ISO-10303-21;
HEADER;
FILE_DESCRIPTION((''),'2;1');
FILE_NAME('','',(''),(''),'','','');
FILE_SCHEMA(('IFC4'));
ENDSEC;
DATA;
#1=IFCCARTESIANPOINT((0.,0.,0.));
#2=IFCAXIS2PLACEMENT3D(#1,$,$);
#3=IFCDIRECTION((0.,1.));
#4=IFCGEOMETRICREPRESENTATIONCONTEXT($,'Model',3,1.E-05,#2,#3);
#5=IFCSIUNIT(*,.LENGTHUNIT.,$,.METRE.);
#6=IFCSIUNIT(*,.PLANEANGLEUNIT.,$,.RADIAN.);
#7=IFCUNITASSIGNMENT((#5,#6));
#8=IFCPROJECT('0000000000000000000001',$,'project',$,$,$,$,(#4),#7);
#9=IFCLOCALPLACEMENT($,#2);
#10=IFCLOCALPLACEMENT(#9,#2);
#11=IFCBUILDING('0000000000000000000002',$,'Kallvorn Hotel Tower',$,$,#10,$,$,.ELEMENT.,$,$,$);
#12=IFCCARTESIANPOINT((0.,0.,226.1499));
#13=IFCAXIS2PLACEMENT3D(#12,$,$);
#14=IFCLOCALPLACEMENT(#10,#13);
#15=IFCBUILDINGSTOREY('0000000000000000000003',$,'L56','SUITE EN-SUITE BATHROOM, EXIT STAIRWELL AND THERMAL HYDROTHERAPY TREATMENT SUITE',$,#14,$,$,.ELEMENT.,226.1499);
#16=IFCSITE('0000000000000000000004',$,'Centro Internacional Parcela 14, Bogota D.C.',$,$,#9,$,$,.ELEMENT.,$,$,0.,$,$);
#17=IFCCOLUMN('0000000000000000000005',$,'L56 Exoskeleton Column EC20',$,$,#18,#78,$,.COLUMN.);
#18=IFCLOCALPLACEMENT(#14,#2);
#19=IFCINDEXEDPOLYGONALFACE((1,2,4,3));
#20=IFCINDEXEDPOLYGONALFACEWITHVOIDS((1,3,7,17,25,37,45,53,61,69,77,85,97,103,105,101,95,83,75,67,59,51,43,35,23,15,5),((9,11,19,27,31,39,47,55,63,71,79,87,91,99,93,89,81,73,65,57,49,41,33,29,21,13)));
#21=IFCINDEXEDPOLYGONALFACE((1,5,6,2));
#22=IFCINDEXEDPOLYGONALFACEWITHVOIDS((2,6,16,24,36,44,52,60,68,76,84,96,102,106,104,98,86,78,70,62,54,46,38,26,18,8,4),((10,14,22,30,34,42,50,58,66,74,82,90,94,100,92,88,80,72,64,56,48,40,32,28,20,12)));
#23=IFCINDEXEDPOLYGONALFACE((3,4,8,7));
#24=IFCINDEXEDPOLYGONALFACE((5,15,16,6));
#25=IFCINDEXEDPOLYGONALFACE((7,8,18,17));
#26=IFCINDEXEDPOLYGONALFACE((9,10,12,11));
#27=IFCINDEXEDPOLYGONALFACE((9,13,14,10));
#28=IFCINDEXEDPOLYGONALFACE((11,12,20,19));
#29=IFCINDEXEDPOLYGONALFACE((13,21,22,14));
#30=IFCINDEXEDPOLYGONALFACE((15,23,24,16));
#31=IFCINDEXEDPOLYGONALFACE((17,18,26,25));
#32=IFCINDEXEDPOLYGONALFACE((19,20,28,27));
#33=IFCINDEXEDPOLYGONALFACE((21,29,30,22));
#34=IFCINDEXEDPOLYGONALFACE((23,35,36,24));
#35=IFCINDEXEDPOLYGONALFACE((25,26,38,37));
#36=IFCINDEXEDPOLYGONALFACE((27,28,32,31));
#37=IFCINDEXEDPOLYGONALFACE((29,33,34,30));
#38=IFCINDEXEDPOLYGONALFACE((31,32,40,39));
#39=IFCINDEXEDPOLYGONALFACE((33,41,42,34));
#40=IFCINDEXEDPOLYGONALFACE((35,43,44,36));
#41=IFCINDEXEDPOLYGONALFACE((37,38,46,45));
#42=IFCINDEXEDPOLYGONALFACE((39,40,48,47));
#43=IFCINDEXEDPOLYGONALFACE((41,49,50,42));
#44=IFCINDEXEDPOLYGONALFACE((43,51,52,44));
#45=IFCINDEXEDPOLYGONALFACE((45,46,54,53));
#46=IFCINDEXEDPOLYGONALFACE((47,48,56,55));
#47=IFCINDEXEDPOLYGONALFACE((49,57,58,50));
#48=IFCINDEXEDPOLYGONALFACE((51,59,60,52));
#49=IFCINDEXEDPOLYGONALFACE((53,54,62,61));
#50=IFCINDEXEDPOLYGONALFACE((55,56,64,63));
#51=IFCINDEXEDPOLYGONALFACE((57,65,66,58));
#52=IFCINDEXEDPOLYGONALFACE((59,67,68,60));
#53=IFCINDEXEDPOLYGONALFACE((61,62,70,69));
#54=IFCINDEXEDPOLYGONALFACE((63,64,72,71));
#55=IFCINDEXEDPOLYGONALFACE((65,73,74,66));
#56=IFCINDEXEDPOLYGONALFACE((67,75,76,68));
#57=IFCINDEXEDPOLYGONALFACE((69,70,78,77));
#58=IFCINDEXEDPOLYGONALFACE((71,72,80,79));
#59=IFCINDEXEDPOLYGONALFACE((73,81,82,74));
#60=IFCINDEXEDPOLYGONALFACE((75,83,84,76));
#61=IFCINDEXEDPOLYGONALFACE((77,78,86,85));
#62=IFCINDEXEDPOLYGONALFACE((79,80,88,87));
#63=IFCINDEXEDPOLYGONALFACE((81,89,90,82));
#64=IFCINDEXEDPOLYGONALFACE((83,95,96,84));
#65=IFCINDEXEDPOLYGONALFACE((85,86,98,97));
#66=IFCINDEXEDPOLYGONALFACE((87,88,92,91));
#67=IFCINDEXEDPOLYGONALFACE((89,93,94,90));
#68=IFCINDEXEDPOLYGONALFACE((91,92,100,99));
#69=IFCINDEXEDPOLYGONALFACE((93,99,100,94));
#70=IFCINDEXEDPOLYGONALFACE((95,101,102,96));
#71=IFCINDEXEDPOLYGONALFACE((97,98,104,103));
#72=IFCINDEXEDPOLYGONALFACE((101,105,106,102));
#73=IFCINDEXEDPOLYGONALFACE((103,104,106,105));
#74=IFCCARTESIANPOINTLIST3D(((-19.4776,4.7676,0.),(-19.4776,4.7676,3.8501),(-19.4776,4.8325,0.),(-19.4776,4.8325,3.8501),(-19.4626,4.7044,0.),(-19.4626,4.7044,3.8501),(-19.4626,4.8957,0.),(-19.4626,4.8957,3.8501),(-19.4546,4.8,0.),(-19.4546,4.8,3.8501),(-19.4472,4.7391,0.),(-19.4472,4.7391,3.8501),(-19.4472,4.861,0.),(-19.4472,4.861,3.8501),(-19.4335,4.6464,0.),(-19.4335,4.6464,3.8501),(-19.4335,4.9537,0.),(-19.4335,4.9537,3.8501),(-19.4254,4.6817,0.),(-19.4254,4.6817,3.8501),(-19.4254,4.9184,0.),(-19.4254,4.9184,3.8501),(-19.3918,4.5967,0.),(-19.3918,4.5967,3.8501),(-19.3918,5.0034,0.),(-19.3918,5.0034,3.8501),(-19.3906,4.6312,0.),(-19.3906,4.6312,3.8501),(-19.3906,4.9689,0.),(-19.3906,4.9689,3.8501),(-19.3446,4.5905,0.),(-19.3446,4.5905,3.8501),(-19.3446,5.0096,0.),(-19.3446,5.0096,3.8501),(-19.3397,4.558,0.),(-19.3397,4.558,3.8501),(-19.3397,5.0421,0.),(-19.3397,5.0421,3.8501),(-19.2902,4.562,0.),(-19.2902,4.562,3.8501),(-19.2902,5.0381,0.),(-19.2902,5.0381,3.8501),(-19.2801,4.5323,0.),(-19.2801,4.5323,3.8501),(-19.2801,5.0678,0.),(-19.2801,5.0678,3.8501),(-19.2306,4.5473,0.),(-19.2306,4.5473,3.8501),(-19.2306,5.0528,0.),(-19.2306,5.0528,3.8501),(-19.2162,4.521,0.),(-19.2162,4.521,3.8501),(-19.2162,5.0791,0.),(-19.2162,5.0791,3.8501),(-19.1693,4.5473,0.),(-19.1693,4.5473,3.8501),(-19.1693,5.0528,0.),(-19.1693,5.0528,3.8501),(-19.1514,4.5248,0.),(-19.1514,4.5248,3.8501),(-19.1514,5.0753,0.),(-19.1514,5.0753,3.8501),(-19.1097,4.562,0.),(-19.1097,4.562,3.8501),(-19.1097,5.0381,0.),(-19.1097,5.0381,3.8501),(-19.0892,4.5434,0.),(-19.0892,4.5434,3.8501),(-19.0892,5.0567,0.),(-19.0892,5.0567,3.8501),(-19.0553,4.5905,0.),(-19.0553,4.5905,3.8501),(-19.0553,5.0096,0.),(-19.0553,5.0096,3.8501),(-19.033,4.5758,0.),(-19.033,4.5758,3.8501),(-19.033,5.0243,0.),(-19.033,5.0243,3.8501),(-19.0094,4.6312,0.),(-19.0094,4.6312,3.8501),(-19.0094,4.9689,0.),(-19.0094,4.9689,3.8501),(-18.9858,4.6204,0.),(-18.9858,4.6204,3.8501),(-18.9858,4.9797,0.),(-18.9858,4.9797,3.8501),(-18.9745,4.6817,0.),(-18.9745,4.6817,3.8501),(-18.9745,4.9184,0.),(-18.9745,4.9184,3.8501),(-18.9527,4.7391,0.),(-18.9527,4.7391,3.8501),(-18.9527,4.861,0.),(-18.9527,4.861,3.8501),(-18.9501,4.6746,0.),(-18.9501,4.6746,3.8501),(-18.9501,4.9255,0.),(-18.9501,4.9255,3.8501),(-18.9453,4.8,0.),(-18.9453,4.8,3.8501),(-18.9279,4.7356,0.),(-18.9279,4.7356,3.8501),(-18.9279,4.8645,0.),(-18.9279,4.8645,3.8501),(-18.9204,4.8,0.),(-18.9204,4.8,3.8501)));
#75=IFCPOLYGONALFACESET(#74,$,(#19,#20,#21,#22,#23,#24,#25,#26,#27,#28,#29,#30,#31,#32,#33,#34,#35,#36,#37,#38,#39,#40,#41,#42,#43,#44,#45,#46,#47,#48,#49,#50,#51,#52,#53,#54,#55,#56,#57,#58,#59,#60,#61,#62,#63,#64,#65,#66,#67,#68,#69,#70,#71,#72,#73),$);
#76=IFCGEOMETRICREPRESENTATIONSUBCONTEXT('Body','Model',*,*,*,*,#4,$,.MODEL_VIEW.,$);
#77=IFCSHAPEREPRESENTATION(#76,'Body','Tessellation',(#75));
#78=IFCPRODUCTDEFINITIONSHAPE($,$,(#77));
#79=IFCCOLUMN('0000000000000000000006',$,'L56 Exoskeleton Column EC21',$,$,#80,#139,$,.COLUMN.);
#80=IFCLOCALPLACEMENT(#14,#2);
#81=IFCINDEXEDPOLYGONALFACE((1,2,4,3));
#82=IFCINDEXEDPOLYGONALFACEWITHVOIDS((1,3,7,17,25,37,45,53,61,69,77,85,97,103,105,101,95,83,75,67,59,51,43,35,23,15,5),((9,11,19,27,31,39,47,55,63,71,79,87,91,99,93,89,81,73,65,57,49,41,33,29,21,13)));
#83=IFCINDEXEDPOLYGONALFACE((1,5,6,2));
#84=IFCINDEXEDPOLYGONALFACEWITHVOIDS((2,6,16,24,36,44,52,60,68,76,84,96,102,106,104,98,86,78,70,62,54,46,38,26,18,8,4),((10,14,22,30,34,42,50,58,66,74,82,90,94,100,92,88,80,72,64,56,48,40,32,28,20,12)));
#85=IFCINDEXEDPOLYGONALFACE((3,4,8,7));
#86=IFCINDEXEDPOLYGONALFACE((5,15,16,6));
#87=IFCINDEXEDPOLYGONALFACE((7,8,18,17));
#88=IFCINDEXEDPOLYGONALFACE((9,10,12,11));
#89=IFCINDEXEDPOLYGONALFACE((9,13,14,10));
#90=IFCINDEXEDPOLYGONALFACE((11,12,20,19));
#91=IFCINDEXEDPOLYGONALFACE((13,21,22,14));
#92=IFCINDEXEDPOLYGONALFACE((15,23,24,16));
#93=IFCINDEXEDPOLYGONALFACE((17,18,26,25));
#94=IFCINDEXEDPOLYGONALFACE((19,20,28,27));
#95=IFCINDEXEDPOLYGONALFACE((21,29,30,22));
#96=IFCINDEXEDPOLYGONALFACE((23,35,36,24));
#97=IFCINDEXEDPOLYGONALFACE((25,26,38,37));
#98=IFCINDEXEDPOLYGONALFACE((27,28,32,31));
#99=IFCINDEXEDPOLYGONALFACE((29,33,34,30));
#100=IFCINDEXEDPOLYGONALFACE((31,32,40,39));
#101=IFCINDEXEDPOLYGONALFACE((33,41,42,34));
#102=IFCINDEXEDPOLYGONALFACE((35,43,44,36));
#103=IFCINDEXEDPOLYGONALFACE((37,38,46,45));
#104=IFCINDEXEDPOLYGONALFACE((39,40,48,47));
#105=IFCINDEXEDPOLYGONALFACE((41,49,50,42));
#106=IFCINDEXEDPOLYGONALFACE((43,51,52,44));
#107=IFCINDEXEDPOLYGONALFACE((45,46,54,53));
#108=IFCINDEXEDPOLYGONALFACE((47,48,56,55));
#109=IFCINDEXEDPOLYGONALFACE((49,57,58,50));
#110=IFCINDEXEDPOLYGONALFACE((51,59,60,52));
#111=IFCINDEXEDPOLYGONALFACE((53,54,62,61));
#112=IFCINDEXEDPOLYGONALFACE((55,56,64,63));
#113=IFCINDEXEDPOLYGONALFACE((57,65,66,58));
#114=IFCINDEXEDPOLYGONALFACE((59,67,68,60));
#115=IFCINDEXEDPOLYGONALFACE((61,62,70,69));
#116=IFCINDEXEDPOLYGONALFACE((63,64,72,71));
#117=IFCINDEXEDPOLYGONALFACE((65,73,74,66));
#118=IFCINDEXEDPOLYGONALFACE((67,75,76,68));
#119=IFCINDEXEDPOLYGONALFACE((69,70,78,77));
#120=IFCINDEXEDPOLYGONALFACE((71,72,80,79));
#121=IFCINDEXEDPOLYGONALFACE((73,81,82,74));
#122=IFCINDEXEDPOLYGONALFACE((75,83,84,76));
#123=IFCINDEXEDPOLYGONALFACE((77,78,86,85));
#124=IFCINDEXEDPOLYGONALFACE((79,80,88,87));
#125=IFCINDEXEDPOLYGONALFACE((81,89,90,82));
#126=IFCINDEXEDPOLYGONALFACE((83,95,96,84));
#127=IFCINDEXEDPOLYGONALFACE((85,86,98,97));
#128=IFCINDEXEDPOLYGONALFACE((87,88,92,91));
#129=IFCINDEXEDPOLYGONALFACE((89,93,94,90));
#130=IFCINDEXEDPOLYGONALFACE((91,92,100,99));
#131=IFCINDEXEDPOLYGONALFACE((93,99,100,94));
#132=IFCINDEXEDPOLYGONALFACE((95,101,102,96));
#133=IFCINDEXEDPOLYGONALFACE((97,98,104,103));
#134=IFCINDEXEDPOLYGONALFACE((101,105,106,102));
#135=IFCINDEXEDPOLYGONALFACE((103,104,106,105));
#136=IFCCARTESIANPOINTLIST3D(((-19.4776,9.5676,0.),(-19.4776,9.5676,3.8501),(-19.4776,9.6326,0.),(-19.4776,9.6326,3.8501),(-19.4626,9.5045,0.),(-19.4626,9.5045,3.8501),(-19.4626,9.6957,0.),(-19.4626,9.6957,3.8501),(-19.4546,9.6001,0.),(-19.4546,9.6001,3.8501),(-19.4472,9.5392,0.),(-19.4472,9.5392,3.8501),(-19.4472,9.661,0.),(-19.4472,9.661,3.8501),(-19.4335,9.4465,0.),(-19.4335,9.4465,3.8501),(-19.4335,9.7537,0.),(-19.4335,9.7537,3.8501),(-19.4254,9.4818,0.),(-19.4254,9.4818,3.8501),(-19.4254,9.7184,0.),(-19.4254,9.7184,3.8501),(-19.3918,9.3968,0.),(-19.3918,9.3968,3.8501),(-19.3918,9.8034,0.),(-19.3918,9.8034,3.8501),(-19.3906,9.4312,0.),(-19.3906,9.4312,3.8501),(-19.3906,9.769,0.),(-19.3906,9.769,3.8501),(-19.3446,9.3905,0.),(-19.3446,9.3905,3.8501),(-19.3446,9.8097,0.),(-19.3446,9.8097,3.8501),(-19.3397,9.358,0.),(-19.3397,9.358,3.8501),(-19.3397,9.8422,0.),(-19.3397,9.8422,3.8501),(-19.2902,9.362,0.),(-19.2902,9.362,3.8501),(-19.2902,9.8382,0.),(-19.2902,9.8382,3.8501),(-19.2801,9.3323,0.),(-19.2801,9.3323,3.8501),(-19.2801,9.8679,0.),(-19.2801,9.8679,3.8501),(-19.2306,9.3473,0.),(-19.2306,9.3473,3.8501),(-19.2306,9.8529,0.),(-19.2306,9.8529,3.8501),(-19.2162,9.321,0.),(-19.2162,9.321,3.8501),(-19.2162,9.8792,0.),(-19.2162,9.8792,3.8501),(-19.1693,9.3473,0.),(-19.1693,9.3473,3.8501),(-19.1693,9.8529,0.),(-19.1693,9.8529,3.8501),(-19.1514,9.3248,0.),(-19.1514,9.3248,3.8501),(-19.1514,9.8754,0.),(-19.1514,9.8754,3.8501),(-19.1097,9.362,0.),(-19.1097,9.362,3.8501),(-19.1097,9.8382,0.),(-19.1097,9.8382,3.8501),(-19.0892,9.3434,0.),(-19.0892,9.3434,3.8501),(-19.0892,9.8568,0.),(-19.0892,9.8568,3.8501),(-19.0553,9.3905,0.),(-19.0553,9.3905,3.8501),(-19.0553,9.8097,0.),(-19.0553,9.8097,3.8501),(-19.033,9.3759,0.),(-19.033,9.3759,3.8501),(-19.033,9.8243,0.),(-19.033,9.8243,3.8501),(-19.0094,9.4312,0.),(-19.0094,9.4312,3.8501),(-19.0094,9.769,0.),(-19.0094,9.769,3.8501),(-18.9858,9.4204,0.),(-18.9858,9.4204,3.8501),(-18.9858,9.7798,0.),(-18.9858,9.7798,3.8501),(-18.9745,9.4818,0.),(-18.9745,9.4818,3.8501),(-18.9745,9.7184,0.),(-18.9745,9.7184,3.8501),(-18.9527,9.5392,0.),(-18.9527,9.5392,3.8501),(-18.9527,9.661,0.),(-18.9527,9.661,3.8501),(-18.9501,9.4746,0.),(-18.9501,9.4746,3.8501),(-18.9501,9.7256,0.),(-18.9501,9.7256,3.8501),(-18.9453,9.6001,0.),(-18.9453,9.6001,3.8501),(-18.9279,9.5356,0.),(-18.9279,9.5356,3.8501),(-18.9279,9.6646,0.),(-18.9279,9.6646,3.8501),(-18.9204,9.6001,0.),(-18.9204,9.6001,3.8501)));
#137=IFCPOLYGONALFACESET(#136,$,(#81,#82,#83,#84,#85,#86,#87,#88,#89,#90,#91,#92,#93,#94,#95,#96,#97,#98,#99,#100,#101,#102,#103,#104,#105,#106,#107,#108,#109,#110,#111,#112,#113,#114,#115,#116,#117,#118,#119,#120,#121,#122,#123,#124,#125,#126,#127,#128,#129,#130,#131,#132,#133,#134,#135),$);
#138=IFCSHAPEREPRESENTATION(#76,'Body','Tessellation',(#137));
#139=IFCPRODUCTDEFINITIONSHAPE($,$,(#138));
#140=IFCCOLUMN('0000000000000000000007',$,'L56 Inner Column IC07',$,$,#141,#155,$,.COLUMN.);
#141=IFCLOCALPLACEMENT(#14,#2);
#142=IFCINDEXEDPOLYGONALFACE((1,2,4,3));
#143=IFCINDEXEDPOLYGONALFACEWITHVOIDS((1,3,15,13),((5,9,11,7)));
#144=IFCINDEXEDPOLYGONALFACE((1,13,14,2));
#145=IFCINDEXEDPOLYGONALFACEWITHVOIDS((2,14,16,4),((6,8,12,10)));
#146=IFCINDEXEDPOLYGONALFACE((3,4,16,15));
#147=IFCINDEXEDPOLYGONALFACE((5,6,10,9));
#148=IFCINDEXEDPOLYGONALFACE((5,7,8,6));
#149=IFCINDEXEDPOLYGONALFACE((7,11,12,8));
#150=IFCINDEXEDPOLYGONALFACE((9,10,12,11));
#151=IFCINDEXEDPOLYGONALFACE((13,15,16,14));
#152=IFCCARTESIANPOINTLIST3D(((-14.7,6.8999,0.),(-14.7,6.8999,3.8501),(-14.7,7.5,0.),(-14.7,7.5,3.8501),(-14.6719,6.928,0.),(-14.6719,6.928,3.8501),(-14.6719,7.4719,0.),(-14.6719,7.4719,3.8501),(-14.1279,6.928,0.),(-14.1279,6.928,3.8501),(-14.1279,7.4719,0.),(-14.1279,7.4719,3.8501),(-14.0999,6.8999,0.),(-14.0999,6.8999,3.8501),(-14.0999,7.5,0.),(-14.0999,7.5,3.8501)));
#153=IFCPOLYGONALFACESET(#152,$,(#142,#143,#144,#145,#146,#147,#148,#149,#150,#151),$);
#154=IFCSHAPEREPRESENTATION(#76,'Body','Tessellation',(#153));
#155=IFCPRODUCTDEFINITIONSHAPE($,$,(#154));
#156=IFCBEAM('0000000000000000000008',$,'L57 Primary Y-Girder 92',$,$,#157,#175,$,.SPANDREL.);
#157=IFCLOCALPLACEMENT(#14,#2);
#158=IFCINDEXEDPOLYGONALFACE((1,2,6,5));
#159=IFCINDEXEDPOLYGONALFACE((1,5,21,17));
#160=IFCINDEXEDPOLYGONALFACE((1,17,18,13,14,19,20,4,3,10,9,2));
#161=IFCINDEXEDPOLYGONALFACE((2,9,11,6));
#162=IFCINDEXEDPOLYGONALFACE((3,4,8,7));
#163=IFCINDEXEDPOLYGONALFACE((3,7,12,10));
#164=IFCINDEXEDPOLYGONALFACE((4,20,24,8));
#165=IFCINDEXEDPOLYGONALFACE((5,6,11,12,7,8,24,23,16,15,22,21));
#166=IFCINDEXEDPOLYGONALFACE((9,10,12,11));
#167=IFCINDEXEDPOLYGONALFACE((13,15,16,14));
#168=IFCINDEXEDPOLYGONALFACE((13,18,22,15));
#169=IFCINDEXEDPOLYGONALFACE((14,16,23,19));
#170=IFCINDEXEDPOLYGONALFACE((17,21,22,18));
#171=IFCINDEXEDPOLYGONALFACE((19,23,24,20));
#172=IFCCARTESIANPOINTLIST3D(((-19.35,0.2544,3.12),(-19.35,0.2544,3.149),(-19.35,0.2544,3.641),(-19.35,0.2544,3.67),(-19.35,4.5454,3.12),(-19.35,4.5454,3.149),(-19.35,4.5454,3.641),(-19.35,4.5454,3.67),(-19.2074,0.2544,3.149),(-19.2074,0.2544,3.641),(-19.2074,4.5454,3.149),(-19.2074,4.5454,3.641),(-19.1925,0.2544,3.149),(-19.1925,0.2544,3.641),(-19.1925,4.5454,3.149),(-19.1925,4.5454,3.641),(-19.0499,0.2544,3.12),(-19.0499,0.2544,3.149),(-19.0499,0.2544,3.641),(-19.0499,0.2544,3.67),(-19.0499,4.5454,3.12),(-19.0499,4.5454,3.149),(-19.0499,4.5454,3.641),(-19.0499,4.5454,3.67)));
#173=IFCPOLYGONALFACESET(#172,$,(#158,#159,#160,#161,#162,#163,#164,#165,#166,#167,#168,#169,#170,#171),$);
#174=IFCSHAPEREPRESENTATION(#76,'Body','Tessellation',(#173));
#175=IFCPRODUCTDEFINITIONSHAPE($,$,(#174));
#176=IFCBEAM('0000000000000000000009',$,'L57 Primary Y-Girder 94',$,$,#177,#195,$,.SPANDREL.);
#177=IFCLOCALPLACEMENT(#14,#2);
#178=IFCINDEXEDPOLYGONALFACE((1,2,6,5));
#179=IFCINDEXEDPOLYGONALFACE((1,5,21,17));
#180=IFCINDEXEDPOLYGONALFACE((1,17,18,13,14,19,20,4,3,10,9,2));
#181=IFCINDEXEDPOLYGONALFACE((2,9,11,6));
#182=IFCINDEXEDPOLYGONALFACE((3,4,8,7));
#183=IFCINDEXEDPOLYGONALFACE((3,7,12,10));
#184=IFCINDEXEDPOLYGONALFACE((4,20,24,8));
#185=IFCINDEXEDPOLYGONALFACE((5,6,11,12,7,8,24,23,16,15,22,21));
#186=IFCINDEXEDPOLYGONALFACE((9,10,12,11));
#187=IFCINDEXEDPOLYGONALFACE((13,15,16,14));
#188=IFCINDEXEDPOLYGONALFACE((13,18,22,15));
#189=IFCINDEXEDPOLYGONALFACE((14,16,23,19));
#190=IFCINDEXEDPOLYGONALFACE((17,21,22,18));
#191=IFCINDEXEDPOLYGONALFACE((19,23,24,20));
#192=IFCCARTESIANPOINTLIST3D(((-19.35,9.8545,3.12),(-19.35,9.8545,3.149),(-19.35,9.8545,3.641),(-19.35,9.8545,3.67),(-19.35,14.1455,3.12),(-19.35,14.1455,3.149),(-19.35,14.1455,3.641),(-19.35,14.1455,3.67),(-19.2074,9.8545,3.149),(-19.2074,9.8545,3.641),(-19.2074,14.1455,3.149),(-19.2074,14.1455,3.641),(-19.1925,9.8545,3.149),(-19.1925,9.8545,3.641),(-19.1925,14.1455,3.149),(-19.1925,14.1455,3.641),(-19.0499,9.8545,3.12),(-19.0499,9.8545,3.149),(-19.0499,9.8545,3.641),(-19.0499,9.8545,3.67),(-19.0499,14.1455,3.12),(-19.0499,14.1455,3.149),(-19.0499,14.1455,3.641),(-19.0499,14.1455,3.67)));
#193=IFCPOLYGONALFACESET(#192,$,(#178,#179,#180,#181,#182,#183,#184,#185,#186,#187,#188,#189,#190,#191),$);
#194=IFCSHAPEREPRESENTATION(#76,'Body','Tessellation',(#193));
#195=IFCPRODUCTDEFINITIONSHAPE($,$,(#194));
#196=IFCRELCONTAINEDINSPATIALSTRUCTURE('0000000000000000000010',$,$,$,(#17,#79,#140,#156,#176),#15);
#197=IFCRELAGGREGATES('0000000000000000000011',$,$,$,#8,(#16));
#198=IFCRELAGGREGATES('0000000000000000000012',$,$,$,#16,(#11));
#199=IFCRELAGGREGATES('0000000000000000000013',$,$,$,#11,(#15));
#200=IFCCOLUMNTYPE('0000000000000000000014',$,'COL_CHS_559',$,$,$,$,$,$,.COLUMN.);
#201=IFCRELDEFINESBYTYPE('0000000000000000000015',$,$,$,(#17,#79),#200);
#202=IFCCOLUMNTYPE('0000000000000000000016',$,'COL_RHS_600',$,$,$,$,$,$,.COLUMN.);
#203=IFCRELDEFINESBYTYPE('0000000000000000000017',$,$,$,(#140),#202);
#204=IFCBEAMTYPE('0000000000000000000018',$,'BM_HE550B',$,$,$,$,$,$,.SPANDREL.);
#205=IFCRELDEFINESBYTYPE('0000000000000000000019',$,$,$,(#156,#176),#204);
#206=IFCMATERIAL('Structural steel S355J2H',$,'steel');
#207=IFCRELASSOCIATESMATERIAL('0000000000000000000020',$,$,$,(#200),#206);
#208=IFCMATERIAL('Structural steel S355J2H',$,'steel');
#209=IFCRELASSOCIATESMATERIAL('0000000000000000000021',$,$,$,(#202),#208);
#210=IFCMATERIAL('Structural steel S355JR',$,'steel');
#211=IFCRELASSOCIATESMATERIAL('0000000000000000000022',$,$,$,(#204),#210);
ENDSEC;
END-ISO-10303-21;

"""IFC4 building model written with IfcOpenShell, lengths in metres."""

from ifc_helpers import new_model, si_unit, direction, frame, origin, origin_2d, place, context, subcontext, project, spatial, hollow_rectangle, hollow_circle, i_section, extrude, material, material_profile, profile_set, type_object, element, save


model = new_model("IFC4")

# Units and contexts
model_context = context("Model", 3, precision=1e-05, world=origin(), true_north=direction((0.0, 1.0)))
body_context = subcontext(model_context, "Body", "Model", "MODEL_VIEW")
ifc_project = project(units=[si_unit("LENGTHUNIT", "METRE"), si_unit("PLANEANGLEUNIT", "RADIAN")], contexts=[model_context])

# Site, building, storey
site_placement = place(None, origin())
site = spatial("IfcSite", under=ifc_project, at=site_placement, Name="Centro Internacional Parcela 14, Bogota D.C.", CompositionType="ELEMENT", RefElevation=0.0)
building_placement = place(site_placement, origin())
building = spatial("IfcBuilding", under=site, at=building_placement, Name="Kallvorn Hotel Tower", CompositionType="ELEMENT")
storey_placement = place(building_placement, frame((0.0, 0.0, 226.1499)))
storey = spatial("IfcBuildingStorey", under=building, at=storey_placement, Name="L56", Description="SUITE EN-SUITE BATHROOM, EXIT STAIRWELL AND THERMAL HYDROTHERAPY TREATMENT SUITE", CompositionType="ELEMENT", Elevation=226.1499)

# Columns
ifc_material_1 = material(Name="Structural steel S355J2H", Category="steel")
ifc_material_profile_1 = material_profile(ifc_material_1, hollow_circle(Radius=0.2795, WallThickness=0.0249, at=origin_2d()), Name="CHS 559x25")
ifc_profile_set_1 = profile_set([ifc_material_profile_1], Name="Structural steel S355J2H")
column_type_1 = type_object("IfcColumnType", Name="COL_CHS_559", PredefinedType="COLUMN", material=ifc_profile_set_1)
for number, where, z_axis, x_axis, name in (
    (1, (-19.2, 4.8, 0.0), (0.0, 0.0, 1.0), (1.0, 0.0, 0.0), "L56 Exoskeleton Column EC20"),
    (2, (-19.2, 9.6001, 0.0), (0.0, 0.0, 1.0), (1.0, 0.0, 0.0), "L56 Exoskeleton Column EC21"),
):
    element("IfcColumn", number, at=place(storey_placement, frame(where, z_axis=z_axis, x_axis=x_axis)), inside=storey, type_object=column_type_1, Name=name, PredefinedType="COLUMN", context=body_context, shape_type="SweptSolid", body=[
        extrude(hollow_circle(Radius=0.2795, WallThickness=0.0249, at=origin_2d()), origin(), (0.0, 0.0, 1.0), 3.8501),
    ])
ifc_material_2 = material(Name="Structural steel S355J2H", Category="steel")
ifc_material_profile_2 = material_profile(ifc_material_2, hollow_rectangle(XDim=0.6001, YDim=0.6001, WallThickness=0.0281, at=origin_2d()), Name="RHS 600x600x28")
ifc_profile_set_2 = profile_set([ifc_material_profile_2], Name="Structural steel S355J2H")
column_type_2 = type_object("IfcColumnType", Name="COL_RHS_600", PredefinedType="COLUMN", material=ifc_profile_set_2)
column_placement = place(storey_placement, frame((-14.3999, 7.2, 0.0), z_axis=(0.0, 0.0, 1.0), x_axis=(1.0, 0.0, 0.0)))
element("IfcColumn", 3, at=column_placement, inside=storey, type_object=column_type_2, Name="L56 Inner Column IC07", PredefinedType="COLUMN", context=body_context, shape_type="SweptSolid", body=[
    extrude(hollow_rectangle(XDim=0.6001, YDim=0.6001, WallThickness=0.0281, at=origin_2d()), origin(), (0.0, 0.0, 1.0), 3.8501),
])

# Beams
ifc_material_3 = material(Name="Structural steel S355JR", Category="steel")
ifc_material_profile_3 = material_profile(ifc_material_3, i_section(OverallWidth=0.3, OverallDepth=0.55, WebThickness=0.0149, FlangeThickness=0.0291, at=origin_2d()), Name="HE 550 B")
ifc_profile_set_3 = profile_set([ifc_material_profile_3], Name="Structural steel S355JR")
beam_type_1 = type_object("IfcBeamType", Name="BM_HE550B", PredefinedType="SPANDREL", material=ifc_profile_set_3)
for number, where, z_axis, x_axis, name in (
    (4, (-19.2, 0.2544, 3.395), (0.0, 1.0, 0.0), (-1.0, 0.0, 0.0), "L57 Primary Y-Girder 92"),
    (5, (-19.2, 9.8545, 3.395), (0.0, 1.0, 0.0), (-1.0, 0.0, 0.0), "L57 Primary Y-Girder 94"),
):
    element("IfcBeam", number, at=place(storey_placement, frame(where, z_axis=z_axis, x_axis=x_axis)), inside=storey, type_object=beam_type_1, Name=name, PredefinedType="SPANDREL", context=body_context, shape_type="SweptSolid", body=[
        extrude(i_section(OverallWidth=0.3, OverallDepth=0.55, WebThickness=0.0149, FlangeThickness=0.0291, at=origin_2d()), origin(), (0.0, 0.0, 1.0), 4.291),
    ])

save(model, "model.ifc")
